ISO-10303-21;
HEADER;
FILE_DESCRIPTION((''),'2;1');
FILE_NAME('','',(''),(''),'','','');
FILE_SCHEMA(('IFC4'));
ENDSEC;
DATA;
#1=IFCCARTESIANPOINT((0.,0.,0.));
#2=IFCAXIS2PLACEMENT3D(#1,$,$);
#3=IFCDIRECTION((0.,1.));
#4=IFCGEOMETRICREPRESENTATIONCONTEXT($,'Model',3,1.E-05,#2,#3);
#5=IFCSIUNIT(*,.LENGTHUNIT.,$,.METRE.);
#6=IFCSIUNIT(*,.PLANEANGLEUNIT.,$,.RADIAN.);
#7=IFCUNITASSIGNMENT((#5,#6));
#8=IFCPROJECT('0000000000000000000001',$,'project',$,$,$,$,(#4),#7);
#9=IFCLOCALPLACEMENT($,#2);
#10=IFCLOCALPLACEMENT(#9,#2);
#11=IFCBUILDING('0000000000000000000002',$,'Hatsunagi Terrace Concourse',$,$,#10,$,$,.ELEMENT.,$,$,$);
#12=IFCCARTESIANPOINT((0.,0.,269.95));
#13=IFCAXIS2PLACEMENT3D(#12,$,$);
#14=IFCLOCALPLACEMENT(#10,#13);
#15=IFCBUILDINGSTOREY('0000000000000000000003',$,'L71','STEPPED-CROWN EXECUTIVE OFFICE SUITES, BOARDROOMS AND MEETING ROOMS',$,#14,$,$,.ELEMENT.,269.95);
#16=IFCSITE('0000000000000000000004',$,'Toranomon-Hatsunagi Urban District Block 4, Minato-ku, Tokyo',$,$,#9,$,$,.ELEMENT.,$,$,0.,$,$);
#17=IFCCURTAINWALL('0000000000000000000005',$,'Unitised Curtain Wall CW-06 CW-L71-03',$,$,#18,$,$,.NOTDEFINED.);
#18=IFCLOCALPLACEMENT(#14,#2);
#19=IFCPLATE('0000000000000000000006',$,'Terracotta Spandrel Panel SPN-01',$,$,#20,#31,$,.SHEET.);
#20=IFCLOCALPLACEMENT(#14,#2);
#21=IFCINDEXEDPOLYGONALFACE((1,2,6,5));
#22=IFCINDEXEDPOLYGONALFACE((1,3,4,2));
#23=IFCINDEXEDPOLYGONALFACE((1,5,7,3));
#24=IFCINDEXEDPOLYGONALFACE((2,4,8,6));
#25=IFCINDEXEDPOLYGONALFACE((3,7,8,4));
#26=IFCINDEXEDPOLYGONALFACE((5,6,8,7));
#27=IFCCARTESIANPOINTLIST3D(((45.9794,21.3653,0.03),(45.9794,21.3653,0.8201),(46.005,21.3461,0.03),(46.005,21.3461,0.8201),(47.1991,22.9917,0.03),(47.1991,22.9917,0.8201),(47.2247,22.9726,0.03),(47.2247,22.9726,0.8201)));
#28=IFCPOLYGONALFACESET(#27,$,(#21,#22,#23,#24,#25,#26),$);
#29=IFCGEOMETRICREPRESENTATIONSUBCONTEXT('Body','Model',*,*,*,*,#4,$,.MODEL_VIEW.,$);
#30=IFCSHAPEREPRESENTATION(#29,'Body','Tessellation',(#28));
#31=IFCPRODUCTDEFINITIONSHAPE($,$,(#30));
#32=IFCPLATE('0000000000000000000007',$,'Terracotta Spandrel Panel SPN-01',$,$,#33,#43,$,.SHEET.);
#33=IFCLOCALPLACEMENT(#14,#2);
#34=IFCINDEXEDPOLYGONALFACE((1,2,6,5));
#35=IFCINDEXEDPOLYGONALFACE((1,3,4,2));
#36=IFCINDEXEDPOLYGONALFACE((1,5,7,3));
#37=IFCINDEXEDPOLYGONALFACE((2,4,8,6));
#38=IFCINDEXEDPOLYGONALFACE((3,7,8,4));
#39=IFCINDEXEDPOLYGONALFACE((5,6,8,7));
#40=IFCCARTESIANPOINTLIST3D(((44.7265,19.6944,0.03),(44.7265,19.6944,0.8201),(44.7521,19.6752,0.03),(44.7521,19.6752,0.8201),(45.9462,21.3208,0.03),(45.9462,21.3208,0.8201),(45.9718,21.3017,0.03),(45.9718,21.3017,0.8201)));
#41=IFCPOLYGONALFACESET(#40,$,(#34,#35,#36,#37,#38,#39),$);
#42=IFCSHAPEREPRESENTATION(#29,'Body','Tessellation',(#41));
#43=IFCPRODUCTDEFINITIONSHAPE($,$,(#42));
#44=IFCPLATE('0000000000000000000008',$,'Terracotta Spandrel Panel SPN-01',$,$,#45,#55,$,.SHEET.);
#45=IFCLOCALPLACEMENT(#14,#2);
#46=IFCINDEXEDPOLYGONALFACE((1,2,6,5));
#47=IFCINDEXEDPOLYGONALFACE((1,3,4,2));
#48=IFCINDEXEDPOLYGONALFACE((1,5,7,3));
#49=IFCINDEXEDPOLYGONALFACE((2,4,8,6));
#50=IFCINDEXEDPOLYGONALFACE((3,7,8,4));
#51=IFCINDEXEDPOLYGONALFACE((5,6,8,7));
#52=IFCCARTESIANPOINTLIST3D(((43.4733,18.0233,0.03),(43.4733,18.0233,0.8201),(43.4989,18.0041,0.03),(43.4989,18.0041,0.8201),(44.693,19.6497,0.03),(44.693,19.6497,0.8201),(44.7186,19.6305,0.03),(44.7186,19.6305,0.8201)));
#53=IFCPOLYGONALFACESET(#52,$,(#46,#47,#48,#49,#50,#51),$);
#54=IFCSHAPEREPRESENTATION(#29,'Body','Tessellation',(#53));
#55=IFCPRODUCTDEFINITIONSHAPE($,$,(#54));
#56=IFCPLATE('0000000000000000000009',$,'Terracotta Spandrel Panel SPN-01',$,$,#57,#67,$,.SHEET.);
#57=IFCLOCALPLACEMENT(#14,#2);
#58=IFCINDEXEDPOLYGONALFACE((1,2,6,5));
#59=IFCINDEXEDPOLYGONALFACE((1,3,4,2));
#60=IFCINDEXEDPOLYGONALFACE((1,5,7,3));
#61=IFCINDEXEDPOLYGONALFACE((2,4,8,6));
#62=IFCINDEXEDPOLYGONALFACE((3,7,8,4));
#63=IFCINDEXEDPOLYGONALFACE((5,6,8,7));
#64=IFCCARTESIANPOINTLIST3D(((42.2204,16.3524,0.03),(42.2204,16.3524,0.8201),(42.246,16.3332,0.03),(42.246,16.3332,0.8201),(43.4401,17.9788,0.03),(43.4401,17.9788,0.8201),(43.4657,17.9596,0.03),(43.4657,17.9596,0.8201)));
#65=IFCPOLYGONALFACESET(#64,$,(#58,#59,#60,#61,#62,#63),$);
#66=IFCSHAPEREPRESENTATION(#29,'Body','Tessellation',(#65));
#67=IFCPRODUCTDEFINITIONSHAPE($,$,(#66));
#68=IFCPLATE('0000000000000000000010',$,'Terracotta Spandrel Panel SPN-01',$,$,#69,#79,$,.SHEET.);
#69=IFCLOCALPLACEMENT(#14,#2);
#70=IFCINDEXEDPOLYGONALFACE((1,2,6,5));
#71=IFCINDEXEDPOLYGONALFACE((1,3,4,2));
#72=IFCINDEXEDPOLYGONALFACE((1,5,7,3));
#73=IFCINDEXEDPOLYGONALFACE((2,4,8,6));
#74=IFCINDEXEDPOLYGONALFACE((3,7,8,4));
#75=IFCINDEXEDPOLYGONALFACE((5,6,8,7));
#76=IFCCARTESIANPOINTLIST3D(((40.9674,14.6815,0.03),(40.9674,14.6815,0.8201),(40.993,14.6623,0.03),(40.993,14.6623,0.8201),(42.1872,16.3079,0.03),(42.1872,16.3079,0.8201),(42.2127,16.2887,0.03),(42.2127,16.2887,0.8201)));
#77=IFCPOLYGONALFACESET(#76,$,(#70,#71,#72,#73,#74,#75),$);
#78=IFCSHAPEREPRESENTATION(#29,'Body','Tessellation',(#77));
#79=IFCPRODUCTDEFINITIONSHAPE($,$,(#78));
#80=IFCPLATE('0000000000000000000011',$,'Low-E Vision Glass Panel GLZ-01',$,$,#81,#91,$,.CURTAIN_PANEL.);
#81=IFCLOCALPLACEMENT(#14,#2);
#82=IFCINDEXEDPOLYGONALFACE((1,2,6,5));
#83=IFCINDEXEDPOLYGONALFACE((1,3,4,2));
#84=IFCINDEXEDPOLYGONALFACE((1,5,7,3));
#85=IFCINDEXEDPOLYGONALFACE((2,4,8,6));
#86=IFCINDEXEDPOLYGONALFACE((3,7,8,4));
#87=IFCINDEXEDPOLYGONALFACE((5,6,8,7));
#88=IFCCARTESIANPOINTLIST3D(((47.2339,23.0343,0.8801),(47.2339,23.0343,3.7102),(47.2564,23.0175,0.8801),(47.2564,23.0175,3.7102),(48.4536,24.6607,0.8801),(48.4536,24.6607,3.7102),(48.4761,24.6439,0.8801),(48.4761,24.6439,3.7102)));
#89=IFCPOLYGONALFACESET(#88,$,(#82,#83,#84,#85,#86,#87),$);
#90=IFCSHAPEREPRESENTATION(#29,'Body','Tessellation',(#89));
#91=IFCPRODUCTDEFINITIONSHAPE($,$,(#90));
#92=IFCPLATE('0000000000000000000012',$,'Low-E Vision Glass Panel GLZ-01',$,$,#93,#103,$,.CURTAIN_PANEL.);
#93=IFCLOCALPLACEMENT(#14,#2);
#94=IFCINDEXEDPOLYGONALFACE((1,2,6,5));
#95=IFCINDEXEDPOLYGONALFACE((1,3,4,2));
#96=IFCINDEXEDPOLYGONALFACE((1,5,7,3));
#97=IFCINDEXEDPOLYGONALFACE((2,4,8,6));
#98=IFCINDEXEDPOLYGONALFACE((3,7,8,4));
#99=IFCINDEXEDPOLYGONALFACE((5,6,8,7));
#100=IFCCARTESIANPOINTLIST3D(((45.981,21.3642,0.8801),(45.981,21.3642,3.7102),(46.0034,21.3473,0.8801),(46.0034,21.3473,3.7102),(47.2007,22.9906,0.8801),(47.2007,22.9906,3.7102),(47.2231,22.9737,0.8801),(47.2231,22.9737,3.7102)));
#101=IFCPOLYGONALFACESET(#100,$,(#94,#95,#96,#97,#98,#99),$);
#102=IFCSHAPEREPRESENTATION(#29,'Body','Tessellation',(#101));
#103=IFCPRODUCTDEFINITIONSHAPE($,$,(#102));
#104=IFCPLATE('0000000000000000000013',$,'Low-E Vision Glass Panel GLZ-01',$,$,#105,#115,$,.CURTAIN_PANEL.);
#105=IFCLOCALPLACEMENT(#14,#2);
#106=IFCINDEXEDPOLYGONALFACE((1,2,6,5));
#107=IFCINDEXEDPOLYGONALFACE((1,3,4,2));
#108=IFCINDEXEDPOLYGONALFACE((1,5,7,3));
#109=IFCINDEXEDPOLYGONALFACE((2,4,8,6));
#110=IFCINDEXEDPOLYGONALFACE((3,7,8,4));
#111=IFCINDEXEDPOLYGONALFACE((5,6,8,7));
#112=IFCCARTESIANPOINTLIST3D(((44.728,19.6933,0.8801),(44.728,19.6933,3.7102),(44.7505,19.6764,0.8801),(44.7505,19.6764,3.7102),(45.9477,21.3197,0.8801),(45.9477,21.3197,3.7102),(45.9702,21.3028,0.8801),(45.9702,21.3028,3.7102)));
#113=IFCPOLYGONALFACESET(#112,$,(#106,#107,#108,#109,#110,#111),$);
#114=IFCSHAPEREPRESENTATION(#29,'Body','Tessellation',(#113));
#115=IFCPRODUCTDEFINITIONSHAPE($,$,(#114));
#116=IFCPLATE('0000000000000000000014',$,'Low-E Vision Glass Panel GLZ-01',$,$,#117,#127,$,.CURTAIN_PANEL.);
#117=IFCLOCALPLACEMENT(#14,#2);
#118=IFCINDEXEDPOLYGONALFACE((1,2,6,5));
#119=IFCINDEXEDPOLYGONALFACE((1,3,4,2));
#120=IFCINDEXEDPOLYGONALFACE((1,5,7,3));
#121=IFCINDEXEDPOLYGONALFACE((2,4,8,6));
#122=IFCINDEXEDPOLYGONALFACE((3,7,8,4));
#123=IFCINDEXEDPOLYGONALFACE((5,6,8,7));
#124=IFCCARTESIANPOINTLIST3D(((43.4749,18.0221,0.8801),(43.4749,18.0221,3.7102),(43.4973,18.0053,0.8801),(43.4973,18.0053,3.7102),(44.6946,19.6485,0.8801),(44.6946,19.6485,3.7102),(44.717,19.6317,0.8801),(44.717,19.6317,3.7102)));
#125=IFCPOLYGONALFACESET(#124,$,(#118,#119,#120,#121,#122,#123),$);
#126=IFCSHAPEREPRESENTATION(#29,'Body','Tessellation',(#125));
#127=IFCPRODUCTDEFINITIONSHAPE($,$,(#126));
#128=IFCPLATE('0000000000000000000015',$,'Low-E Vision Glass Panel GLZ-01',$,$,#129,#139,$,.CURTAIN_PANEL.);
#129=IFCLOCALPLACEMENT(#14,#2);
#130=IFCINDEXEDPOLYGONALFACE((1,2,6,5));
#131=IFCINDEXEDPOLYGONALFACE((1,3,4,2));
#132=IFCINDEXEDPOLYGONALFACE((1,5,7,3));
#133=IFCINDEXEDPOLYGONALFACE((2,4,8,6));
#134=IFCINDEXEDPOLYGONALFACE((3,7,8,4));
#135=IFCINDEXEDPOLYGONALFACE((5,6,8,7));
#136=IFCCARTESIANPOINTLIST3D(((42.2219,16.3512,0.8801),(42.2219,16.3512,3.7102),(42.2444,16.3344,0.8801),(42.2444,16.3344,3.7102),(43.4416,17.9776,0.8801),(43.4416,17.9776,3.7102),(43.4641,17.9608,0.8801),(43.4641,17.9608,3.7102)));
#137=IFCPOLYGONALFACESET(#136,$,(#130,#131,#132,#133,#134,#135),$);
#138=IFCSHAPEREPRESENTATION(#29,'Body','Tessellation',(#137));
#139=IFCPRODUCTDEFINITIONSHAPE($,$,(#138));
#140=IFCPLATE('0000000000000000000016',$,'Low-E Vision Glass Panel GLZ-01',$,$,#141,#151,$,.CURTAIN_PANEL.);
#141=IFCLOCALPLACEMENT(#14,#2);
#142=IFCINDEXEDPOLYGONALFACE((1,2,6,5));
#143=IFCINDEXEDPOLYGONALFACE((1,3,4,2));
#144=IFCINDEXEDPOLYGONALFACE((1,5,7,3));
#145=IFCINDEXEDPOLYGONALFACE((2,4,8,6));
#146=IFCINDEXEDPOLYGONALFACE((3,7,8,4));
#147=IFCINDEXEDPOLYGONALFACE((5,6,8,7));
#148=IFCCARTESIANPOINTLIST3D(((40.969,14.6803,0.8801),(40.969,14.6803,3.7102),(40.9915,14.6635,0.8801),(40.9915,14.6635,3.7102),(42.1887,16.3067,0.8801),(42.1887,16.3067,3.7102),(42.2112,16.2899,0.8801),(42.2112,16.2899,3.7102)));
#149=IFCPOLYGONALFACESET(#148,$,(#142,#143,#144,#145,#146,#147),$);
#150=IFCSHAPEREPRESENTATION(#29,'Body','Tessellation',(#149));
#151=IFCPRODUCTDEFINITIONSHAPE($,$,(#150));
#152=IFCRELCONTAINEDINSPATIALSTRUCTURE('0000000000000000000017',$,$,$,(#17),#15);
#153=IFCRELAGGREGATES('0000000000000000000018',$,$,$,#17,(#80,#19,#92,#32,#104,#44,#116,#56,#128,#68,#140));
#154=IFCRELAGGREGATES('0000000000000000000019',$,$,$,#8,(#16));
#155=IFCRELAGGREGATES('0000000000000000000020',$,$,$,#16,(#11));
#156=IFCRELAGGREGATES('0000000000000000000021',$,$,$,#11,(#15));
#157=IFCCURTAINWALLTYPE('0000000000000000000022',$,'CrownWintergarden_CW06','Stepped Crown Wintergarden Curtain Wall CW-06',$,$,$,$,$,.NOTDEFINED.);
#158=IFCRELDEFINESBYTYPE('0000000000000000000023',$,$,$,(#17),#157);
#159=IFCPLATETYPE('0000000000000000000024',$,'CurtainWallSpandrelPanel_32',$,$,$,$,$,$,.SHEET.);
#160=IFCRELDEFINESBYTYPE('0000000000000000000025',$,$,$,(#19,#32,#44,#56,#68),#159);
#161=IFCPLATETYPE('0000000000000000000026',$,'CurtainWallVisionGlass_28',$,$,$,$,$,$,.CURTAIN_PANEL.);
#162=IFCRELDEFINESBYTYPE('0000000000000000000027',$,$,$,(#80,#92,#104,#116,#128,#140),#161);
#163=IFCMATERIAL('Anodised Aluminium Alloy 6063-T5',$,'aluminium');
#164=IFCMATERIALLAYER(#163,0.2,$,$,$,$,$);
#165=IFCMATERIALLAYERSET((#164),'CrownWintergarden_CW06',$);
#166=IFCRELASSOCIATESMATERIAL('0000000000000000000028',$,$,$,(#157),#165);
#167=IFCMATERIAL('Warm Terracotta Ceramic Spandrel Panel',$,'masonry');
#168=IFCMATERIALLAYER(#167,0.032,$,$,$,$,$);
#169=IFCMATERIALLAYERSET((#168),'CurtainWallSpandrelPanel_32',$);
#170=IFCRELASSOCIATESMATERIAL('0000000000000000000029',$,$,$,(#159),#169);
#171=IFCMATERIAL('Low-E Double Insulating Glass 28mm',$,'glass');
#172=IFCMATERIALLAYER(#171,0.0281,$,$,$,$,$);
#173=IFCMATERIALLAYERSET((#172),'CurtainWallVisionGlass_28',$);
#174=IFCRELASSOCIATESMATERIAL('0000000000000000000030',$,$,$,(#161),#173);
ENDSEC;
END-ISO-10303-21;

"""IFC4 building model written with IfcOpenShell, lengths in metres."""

from ifc_helpers import new_model, si_unit, direction, frame, origin, origin_2d, place, context, subcontext, project, spatial, rectangle, extrude, material, layer, layer_set, type_object, element, aggregate, save


model = new_model("IFC4")

# Units and contexts
model_context = context("Model", 3, precision=1e-05, world=origin(), true_north=direction((0.0, 1.0)))
body_context = subcontext(model_context, "Body", "Model", "MODEL_VIEW")
ifc_project = project(units=[si_unit("LENGTHUNIT", "METRE"), si_unit("PLANEANGLEUNIT", "RADIAN")], contexts=[model_context])

# Site, building, storey
site_placement = place(None, origin())
site = spatial("IfcSite", under=ifc_project, at=site_placement, Name="Toranomon-Hatsunagi Urban District Block 4, Minato-ku, Tokyo", CompositionType="ELEMENT", RefElevation=0.0)
building_placement = place(site_placement, origin())
building = spatial("IfcBuilding", under=site, at=building_placement, Name="Hatsunagi Terrace Concourse", CompositionType="ELEMENT")
storey_placement = place(building_placement, frame((0.0, 0.0, 269.95)))
storey = spatial("IfcBuildingStorey", under=building, at=storey_placement, Name="L71", Description="STEPPED-CROWN EXECUTIVE OFFICE SUITES, BOARDROOMS AND MEETING ROOMS", CompositionType="ELEMENT", Elevation=269.95)

# Curtain wall, plates
ifc_material_1 = material(Name="Anodised Aluminium Alloy 6063-T5", Category="aluminium")
ifc_layer_1 = layer(ifc_material_1, 0.2)
ifc_layer_set_1 = layer_set([ifc_layer_1], Name="CrownWintergarden_CW06")
curtain_wall_type = type_object("IfcCurtainWallType", Name="CrownWintergarden_CW06", Description="Stepped Crown Wintergarden Curtain Wall CW-06", PredefinedType="NOTDEFINED", material=ifc_layer_set_1)
curtain_wall_placement = place(storey_placement, origin())
curtain_wall = element("IfcCurtainWall", 1, at=curtain_wall_placement, inside=storey, type_object=curtain_wall_type, Name="Unitised Curtain Wall CW-06 CW-L71-03", PredefinedType="NOTDEFINED")
ifc_material_2 = material(Name="Warm Terracotta Ceramic Spandrel Panel", Category="masonry")
ifc_layer_2 = layer(ifc_material_2, 0.032)
ifc_layer_set_2 = layer_set([ifc_layer_2], Name="CurtainWallSpandrelPanel_32")
plate_type_1 = type_object("IfcPlateType", Name="CurtainWallSpandrelPanel_32", PredefinedType="SHEET", material=ifc_layer_set_2)
plate_1_placement = place(storey_placement, frame((46.6021, 22.1689, 0.03), z_axis=(0.0, 0.0, 1.0), x_axis=(-0.599969, -0.800023, 0.0)))
plate_1 = element("IfcPlate", 2, at=plate_1_placement, type_object=plate_type_1, Name="Terracotta Spandrel Panel SPN-01", PredefinedType="SHEET", context=body_context, shape_type="SweptSolid", body=[
    extrude(rectangle(XDim=2.033, YDim=0.032, at=origin_2d()), origin(), (0.0, 0.0, 1.0), 0.79),
])
plate_2_placement = place(storey_placement, frame((45.3491, 20.498, 0.03), z_axis=(0.0, 0.0, 1.0), x_axis=(-0.599969, -0.800023, 0.0)))
plate_2 = element("IfcPlate", 3, at=plate_2_placement, type_object=plate_type_1, Name="Terracotta Spandrel Panel SPN-01", PredefinedType="SHEET", context=body_context, shape_type="SweptSolid", body=[
    extrude(rectangle(XDim=2.033, YDim=0.032, at=origin_2d()), origin(), (0.0, 0.0, 1.0), 0.79),
])
plate_3_placement = place(storey_placement, frame((44.0959, 18.8269, 0.03), z_axis=(0.0, 0.0, 1.0), x_axis=(-0.599969, -0.800023, 0.0)))
plate_3 = element("IfcPlate", 4, at=plate_3_placement, type_object=plate_type_1, Name="Terracotta Spandrel Panel SPN-01", PredefinedType="SHEET", context=body_context, shape_type="SweptSolid", body=[
    extrude(rectangle(XDim=2.033, YDim=0.032, at=origin_2d()), origin(), (0.0, 0.0, 1.0), 0.79),
])
plate_4_placement = place(storey_placement, frame((42.843, 17.156, 0.03), z_axis=(0.0, 0.0, 1.0), x_axis=(-0.599969, -0.800023, 0.0)))
plate_4 = element("IfcPlate", 5, at=plate_4_placement, type_object=plate_type_1, Name="Terracotta Spandrel Panel SPN-01", PredefinedType="SHEET", context=body_context, shape_type="SweptSolid", body=[
    extrude(rectangle(XDim=2.033, YDim=0.032, at=origin_2d()), origin(), (0.0, 0.0, 1.0), 0.79),
])
plate_5_placement = place(storey_placement, frame((41.5901, 15.4851, 0.03), z_axis=(0.0, 0.0, 1.0), x_axis=(-0.599969, -0.800023, 0.0)))
plate_5 = element("IfcPlate", 6, at=plate_5_placement, type_object=plate_type_1, Name="Terracotta Spandrel Panel SPN-01", PredefinedType="SHEET", context=body_context, shape_type="SweptSolid", body=[
    extrude(rectangle(XDim=2.033, YDim=0.032, at=origin_2d()), origin(), (0.0, 0.0, 1.0), 0.79),
])
ifc_material_3 = material(Name="Low-E Double Insulating Glass 28mm", Category="glass")
ifc_layer_3 = layer(ifc_material_3, 0.0281)
ifc_layer_set_3 = layer_set([ifc_layer_3], Name="CurtainWallVisionGlass_28")
plate_type_2 = type_object("IfcPlateType", Name="CurtainWallVisionGlass_28", PredefinedType="CURTAIN_PANEL", material=ifc_layer_set_3)
plate_6_placement = place(storey_placement, frame((47.855, 23.8391, 0.8801), z_axis=(0.0, 0.0, 1.0), x_axis=(-0.599969, -0.800023, 0.0)))
plate_6 = element("IfcPlate", 7, at=plate_6_placement, type_object=plate_type_2, Name="Low-E Vision Glass Panel GLZ-01", PredefinedType="CURTAIN_PANEL", context=body_context, shape_type="SweptSolid", body=[
    extrude(rectangle(XDim=2.033, YDim=0.0281, at=origin_2d()), origin(), (0.0, 0.0, 1.0), 2.8301),
])
plate_7_placement = place(storey_placement, frame((46.6021, 22.1689, 0.8801), z_axis=(0.0, 0.0, 1.0), x_axis=(-0.599969, -0.800023, 0.0)))
plate_7 = element("IfcPlate", 8, at=plate_7_placement, type_object=plate_type_2, Name="Low-E Vision Glass Panel GLZ-01", PredefinedType="CURTAIN_PANEL", context=body_context, shape_type="SweptSolid", body=[
    extrude(rectangle(XDim=2.033, YDim=0.0281, at=origin_2d()), origin(), (0.0, 0.0, 1.0), 2.8301),
])
plate_8_placement = place(storey_placement, frame((45.3491, 20.498, 0.8801), z_axis=(0.0, 0.0, 1.0), x_axis=(-0.599969, -0.800023, 0.0)))
plate_8 = element("IfcPlate", 9, at=plate_8_placement, type_object=plate_type_2, Name="Low-E Vision Glass Panel GLZ-01", PredefinedType="CURTAIN_PANEL", context=body_context, shape_type="SweptSolid", body=[
    extrude(rectangle(XDim=2.033, YDim=0.0281, at=origin_2d()), origin(), (0.0, 0.0, 1.0), 2.8301),
])
plate_9_placement = place(storey_placement, frame((44.0959, 18.8269, 0.8801), z_axis=(0.0, 0.0, 1.0), x_axis=(-0.599969, -0.800023, 0.0)))
plate_9 = element("IfcPlate", 10, at=plate_9_placement, type_object=plate_type_2, Name="Low-E Vision Glass Panel GLZ-01", PredefinedType="CURTAIN_PANEL", context=body_context, shape_type="SweptSolid", body=[
    extrude(rectangle(XDim=2.033, YDim=0.0281, at=origin_2d()), origin(), (0.0, 0.0, 1.0), 2.8301),
])
plate_10_placement = place(storey_placement, frame((42.843, 17.156, 0.8801), z_axis=(0.0, 0.0, 1.0), x_axis=(-0.599969, -0.800023, 0.0)))
plate_10 = element("IfcPlate", 11, at=plate_10_placement, type_object=plate_type_2, Name="Low-E Vision Glass Panel GLZ-01", PredefinedType="CURTAIN_PANEL", context=body_context, shape_type="SweptSolid", body=[
    extrude(rectangle(XDim=2.033, YDim=0.0281, at=origin_2d()), origin(), (0.0, 0.0, 1.0), 2.8301),
])
plate_11_placement = place(storey_placement, frame((41.5901, 15.4851, 0.8801), z_axis=(0.0, 0.0, 1.0), x_axis=(-0.599969, -0.800023, 0.0)))
plate_11 = element("IfcPlate", 12, at=plate_11_placement, type_object=plate_type_2, Name="Low-E Vision Glass Panel GLZ-01", PredefinedType="CURTAIN_PANEL", context=body_context, shape_type="SweptSolid", body=[
    extrude(rectangle(XDim=2.033, YDim=0.0281, at=origin_2d()), origin(), (0.0, 0.0, 1.0), 2.8301),
])
aggregate(curtain_wall, [plate_6, plate_1, plate_7, plate_2, plate_8, plate_3, plate_9, plate_4, plate_10, plate_5, plate_11])

save(model, "model.ifc")
